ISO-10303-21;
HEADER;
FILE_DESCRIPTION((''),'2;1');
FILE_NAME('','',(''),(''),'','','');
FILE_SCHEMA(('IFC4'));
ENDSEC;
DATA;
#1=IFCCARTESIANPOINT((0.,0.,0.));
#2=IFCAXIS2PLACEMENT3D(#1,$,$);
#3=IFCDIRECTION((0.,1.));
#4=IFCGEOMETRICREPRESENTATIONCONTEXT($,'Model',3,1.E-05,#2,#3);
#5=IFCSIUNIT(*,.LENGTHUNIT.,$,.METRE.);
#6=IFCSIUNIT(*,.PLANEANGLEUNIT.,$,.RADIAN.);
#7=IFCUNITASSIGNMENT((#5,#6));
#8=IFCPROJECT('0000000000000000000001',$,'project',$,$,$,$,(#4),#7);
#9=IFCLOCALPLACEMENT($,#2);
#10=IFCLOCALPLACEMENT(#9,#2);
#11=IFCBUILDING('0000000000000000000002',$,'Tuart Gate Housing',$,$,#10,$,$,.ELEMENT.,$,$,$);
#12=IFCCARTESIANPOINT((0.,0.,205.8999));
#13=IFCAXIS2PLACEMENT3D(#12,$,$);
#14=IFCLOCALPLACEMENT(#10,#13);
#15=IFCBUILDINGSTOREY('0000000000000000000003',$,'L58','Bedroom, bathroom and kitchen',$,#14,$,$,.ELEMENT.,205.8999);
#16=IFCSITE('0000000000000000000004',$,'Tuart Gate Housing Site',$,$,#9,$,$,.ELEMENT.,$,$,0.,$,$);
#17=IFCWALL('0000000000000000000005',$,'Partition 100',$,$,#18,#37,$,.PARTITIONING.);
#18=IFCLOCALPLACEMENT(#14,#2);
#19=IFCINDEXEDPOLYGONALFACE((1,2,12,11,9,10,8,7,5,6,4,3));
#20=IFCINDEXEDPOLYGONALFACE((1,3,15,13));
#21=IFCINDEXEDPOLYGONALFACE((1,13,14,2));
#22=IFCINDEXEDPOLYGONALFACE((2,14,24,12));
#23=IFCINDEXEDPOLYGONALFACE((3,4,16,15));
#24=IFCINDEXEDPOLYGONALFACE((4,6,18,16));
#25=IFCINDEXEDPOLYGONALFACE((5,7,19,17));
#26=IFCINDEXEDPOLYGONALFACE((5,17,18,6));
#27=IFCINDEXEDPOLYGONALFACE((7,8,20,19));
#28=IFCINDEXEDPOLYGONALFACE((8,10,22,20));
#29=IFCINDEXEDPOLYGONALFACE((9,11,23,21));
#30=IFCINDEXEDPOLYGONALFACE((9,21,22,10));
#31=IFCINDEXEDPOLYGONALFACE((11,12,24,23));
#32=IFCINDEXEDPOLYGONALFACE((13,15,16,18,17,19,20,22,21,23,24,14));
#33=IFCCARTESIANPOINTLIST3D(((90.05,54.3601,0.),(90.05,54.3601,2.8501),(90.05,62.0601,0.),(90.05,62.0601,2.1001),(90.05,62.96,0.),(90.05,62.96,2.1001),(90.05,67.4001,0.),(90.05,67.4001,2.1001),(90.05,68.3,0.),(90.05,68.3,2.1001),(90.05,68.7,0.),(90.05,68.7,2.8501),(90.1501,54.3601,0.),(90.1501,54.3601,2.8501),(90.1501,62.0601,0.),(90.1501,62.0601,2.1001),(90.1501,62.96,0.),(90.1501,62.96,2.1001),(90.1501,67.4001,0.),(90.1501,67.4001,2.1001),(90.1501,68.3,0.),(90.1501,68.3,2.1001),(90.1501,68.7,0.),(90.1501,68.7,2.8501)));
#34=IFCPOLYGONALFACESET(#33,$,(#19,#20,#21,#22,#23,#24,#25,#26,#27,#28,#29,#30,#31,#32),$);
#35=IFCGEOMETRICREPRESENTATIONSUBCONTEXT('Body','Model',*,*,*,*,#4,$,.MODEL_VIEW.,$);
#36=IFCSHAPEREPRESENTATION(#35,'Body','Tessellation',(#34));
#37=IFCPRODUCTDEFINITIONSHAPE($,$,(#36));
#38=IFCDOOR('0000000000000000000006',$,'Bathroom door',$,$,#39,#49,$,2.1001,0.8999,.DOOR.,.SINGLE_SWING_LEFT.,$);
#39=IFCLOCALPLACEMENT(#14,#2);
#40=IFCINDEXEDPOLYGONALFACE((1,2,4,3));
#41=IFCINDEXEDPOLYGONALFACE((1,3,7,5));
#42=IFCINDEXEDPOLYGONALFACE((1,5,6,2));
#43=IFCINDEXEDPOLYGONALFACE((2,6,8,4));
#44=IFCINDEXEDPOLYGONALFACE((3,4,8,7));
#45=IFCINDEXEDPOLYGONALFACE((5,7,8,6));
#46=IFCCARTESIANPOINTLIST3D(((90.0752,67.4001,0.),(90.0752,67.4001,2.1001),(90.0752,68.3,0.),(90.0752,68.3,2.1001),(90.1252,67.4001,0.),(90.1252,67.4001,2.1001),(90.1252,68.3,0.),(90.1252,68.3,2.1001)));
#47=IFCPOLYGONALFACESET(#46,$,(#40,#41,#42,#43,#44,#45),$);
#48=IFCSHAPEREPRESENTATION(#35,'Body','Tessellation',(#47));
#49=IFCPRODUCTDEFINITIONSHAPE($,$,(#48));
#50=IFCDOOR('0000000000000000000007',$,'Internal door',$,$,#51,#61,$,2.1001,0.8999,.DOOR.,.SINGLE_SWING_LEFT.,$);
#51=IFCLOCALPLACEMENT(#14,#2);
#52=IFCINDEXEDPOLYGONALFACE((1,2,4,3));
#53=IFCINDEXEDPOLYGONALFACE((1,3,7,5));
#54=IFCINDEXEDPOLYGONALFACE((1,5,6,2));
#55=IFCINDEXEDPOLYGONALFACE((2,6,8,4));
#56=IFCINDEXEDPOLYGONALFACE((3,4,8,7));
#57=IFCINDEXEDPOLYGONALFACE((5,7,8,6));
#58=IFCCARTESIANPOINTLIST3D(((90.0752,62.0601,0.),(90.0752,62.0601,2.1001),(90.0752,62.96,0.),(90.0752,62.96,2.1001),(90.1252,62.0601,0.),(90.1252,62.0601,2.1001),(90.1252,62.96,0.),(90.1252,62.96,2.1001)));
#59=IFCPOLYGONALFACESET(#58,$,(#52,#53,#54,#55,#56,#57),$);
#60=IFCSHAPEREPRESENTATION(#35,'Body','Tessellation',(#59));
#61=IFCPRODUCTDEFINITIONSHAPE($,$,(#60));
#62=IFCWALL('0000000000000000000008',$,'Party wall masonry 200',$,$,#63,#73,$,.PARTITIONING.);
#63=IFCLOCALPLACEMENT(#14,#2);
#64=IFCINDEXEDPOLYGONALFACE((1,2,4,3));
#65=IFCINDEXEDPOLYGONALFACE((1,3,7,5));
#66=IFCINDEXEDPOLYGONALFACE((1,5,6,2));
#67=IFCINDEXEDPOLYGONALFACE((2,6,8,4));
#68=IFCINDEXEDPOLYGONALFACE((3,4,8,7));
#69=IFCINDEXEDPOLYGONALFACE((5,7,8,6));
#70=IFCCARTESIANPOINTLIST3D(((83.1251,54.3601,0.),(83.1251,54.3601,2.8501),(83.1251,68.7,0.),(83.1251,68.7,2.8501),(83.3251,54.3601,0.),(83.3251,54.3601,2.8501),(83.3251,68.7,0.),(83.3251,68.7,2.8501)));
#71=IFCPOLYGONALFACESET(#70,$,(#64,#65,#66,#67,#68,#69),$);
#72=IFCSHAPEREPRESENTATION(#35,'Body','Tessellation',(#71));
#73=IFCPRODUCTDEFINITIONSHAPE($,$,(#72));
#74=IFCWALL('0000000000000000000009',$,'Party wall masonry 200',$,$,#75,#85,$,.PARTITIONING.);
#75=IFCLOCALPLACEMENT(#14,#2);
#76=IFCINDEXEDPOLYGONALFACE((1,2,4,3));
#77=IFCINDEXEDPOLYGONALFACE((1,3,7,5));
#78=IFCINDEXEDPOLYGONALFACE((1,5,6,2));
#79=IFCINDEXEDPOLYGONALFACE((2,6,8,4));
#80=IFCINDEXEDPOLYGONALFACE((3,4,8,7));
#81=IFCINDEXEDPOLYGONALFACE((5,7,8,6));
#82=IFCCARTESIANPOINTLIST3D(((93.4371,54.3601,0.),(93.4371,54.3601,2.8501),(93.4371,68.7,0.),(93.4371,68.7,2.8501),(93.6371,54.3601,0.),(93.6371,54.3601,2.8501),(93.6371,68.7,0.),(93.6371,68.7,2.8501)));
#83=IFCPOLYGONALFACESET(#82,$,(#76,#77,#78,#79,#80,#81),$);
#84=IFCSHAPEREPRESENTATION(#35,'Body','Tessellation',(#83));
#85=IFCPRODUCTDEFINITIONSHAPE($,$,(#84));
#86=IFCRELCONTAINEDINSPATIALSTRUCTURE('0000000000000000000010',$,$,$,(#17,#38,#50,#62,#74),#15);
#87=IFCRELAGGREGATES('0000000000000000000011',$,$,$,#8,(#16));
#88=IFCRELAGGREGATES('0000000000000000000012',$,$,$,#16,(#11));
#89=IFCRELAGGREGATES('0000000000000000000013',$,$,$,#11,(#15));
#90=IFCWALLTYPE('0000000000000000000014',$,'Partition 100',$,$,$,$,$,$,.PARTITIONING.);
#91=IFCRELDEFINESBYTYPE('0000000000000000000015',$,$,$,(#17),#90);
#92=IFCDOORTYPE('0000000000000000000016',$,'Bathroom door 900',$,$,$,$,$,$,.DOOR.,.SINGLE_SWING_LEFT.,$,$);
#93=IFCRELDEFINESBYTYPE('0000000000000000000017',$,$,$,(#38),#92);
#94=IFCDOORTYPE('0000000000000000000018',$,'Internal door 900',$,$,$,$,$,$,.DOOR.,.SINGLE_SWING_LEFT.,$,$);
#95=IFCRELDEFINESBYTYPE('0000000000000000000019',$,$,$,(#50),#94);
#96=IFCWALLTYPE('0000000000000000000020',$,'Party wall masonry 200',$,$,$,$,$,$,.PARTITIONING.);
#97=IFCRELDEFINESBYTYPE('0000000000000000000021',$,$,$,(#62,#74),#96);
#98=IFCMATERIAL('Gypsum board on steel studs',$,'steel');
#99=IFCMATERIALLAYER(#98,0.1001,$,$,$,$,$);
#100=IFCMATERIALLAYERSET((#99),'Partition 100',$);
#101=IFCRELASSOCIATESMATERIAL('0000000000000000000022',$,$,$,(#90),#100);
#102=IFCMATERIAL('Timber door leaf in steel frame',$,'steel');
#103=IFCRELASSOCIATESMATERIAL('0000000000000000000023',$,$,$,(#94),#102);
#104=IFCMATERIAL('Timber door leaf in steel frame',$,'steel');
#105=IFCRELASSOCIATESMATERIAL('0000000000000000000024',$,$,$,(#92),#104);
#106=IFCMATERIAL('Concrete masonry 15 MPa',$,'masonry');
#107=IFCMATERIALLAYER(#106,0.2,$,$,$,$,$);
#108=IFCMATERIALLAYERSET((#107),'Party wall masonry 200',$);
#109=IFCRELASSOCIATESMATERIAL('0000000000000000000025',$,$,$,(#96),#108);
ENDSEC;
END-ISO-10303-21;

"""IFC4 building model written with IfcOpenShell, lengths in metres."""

from ifc_helpers import new_model, si_unit, direction, frame, frame_2d, origin, place, context, subcontext, project, spatial, rectangle, extrude, material, layer, layer_set, type_object, element, fill, save


model = new_model("IFC4")

# Units and contexts
model_context = context("Model", 3, precision=1e-05, world=origin(), true_north=direction((0.0, 1.0)))
body_context = subcontext(model_context, "Body", "Model", "MODEL_VIEW")
ifc_project = project(units=[si_unit("LENGTHUNIT", "METRE"), si_unit("PLANEANGLEUNIT", "RADIAN")], contexts=[model_context])

# Site, building, storey
site_placement = place(None, origin())
site = spatial("IfcSite", under=ifc_project, at=site_placement, Name="Tuart Gate Housing Site", CompositionType="ELEMENT", RefElevation=0.0)
building_placement = place(site_placement, origin())
building = spatial("IfcBuilding", under=site, at=building_placement, Name="Tuart Gate Housing", CompositionType="ELEMENT")
storey_placement = place(building_placement, frame((0.0, 0.0, 205.8999)))
storey = spatial("IfcBuildingStorey", under=building, at=storey_placement, Name="L58", Description="Bedroom, bathroom and kitchen", CompositionType="ELEMENT", Elevation=205.8999)

# Shared definitions
ifc_material_1 = material(Name="Gypsum board on steel studs", Category="steel")
ifc_layer_1 = layer(ifc_material_1, 0.1001)
ifc_layer_set_1 = layer_set([ifc_layer_1], Name="Partition 100")
wall_type_1 = type_object("IfcWallType", Name="Partition 100", PredefinedType="PARTITIONING", material=ifc_layer_set_1)
ifc_material_2 = material(Name="Timber door leaf in steel frame", Category="steel")
door_type_1 = type_object("IfcDoorType", Name="Internal door 900", OperationType="SINGLE_SWING_LEFT", PredefinedType="DOOR", material=ifc_material_2)

# Wall, openings, doors
wall_1_placement = place(storey_placement, frame((90.1001, 54.3601, 0.0), z_axis=(0.0, 0.0, 1.0), x_axis=(0.0, 1.0, 0.0)))
wall_1 = element("IfcWall", 1, at=wall_1_placement, inside=storey, type_object=wall_type_1, Name="Partition 100", PredefinedType="PARTITIONING", context=body_context, shape_type="SweptSolid", body=[
    extrude(rectangle(XDim=14.3398, YDim=0.1001, at=frame_2d((7.1699, 0.0))), origin(), (0.0, 0.0, 1.0), 2.8501),
])
opening_1_placement = place(wall_1_placement, frame((7.7, 0.0, 0.0)))
opening_1 = element("IfcOpeningElement", 2, at=opening_1_placement, cuts=wall_1, PredefinedType="OPENING", context=body_context, shape_type="SweptSolid", body=[
    extrude(rectangle(XDim=0.8999, YDim=2.1001, at=frame_2d((0.45, 1.05))), frame((0.0, 0.0601, 0.0), z_axis=(0.0, -1.0, 0.0), x_axis=(1.0, 0.0, 0.0)), (0.0, 0.0, 1.0), 0.1201),
])
opening_2_placement = place(wall_1_placement, frame((13.04, 0.0, 0.0)))
opening_2 = element("IfcOpeningElement", 3, at=opening_2_placement, cuts=wall_1, PredefinedType="OPENING", context=body_context, shape_type="SweptSolid", body=[
    extrude(rectangle(XDim=0.8999, YDim=2.1001, at=frame_2d((0.45, 1.05))), frame((0.0, 0.0601, 0.0), z_axis=(0.0, -1.0, 0.0), x_axis=(1.0, 0.0, 0.0)), (0.0, 0.0, 1.0), 0.1201),
])
ifc_material_3 = material(Name="Timber door leaf in steel frame", Category="steel")
door_type_2 = type_object("IfcDoorType", Name="Bathroom door 900", OperationType="SINGLE_SWING_LEFT", PredefinedType="DOOR", material=ifc_material_3)
door_1_placement = place(opening_2_placement, frame((0.8999, 0.0, 0.0), z_axis=(0.0, 0.0, 1.0), x_axis=(-1.0, 0.0, 0.0)))
door_1 = element("IfcDoor", 4, at=door_1_placement, inside=storey, type_object=door_type_2, Name="Bathroom door", OperationType="SINGLE_SWING_LEFT", OverallHeight=2.1001, OverallWidth=0.8999, PredefinedType="DOOR", context=body_context, shape_type="SweptSolid", body=[
    extrude(rectangle(XDim=0.8999, YDim=2.1001, at=frame_2d((0.45, 1.05))), frame((0.0, 0.0251, 0.0), z_axis=(0.0, -1.0, 0.0), x_axis=(1.0, 0.0, 0.0)), (0.0, 0.0, 1.0), 0.05),
])
fill(opening_2, door_1)
door_2_placement = place(opening_1_placement, frame((0.8999, 0.0, 0.0), z_axis=(0.0, 0.0, 1.0), x_axis=(-1.0, 0.0, 0.0)))
door_2 = element("IfcDoor", 5, at=door_2_placement, inside=storey, type_object=door_type_1, Name="Internal door", OperationType="SINGLE_SWING_LEFT", OverallHeight=2.1001, OverallWidth=0.8999, PredefinedType="DOOR", context=body_context, shape_type="SweptSolid", body=[
    extrude(rectangle(XDim=0.8999, YDim=2.1001, at=frame_2d((0.45, 1.05))), frame((0.0, 0.0251, 0.0), z_axis=(0.0, -1.0, 0.0), x_axis=(1.0, 0.0, 0.0)), (0.0, 0.0, 1.0), 0.05),
])
fill(opening_1, door_2)

# Walls
ifc_material_4 = material(Name="Concrete masonry 15 MPa", Category="masonry")
ifc_layer_2 = layer(ifc_material_4, 0.2)
ifc_layer_set_2 = layer_set([ifc_layer_2], Name="Party wall masonry 200")
wall_type_2 = type_object("IfcWallType", Name="Party wall masonry 200", PredefinedType="PARTITIONING", material=ifc_layer_set_2)
for number, where, z_axis, x_axis, name in (
    (6, (83.2251, 54.3601, 0.0), (0.0, 0.0, 1.0), (0.0, 1.0, 0.0), "Party wall masonry 200"),
    (7, (93.5371, 54.3601, 0.0), (0.0, 0.0, 1.0), (0.0, 1.0, 0.0), "Party wall masonry 200"),
):
    element("IfcWall", number, at=place(storey_placement, frame(where, z_axis=z_axis, x_axis=x_axis)), inside=storey, type_object=wall_type_2, Name=name, PredefinedType="PARTITIONING", context=body_context, shape_type="SweptSolid", body=[
        extrude(rectangle(XDim=14.3398, YDim=0.2, at=frame_2d((7.1699, 0.0))), origin(), (0.0, 0.0, 1.0), 2.8501),
    ])

save(model, "model.ifc")
